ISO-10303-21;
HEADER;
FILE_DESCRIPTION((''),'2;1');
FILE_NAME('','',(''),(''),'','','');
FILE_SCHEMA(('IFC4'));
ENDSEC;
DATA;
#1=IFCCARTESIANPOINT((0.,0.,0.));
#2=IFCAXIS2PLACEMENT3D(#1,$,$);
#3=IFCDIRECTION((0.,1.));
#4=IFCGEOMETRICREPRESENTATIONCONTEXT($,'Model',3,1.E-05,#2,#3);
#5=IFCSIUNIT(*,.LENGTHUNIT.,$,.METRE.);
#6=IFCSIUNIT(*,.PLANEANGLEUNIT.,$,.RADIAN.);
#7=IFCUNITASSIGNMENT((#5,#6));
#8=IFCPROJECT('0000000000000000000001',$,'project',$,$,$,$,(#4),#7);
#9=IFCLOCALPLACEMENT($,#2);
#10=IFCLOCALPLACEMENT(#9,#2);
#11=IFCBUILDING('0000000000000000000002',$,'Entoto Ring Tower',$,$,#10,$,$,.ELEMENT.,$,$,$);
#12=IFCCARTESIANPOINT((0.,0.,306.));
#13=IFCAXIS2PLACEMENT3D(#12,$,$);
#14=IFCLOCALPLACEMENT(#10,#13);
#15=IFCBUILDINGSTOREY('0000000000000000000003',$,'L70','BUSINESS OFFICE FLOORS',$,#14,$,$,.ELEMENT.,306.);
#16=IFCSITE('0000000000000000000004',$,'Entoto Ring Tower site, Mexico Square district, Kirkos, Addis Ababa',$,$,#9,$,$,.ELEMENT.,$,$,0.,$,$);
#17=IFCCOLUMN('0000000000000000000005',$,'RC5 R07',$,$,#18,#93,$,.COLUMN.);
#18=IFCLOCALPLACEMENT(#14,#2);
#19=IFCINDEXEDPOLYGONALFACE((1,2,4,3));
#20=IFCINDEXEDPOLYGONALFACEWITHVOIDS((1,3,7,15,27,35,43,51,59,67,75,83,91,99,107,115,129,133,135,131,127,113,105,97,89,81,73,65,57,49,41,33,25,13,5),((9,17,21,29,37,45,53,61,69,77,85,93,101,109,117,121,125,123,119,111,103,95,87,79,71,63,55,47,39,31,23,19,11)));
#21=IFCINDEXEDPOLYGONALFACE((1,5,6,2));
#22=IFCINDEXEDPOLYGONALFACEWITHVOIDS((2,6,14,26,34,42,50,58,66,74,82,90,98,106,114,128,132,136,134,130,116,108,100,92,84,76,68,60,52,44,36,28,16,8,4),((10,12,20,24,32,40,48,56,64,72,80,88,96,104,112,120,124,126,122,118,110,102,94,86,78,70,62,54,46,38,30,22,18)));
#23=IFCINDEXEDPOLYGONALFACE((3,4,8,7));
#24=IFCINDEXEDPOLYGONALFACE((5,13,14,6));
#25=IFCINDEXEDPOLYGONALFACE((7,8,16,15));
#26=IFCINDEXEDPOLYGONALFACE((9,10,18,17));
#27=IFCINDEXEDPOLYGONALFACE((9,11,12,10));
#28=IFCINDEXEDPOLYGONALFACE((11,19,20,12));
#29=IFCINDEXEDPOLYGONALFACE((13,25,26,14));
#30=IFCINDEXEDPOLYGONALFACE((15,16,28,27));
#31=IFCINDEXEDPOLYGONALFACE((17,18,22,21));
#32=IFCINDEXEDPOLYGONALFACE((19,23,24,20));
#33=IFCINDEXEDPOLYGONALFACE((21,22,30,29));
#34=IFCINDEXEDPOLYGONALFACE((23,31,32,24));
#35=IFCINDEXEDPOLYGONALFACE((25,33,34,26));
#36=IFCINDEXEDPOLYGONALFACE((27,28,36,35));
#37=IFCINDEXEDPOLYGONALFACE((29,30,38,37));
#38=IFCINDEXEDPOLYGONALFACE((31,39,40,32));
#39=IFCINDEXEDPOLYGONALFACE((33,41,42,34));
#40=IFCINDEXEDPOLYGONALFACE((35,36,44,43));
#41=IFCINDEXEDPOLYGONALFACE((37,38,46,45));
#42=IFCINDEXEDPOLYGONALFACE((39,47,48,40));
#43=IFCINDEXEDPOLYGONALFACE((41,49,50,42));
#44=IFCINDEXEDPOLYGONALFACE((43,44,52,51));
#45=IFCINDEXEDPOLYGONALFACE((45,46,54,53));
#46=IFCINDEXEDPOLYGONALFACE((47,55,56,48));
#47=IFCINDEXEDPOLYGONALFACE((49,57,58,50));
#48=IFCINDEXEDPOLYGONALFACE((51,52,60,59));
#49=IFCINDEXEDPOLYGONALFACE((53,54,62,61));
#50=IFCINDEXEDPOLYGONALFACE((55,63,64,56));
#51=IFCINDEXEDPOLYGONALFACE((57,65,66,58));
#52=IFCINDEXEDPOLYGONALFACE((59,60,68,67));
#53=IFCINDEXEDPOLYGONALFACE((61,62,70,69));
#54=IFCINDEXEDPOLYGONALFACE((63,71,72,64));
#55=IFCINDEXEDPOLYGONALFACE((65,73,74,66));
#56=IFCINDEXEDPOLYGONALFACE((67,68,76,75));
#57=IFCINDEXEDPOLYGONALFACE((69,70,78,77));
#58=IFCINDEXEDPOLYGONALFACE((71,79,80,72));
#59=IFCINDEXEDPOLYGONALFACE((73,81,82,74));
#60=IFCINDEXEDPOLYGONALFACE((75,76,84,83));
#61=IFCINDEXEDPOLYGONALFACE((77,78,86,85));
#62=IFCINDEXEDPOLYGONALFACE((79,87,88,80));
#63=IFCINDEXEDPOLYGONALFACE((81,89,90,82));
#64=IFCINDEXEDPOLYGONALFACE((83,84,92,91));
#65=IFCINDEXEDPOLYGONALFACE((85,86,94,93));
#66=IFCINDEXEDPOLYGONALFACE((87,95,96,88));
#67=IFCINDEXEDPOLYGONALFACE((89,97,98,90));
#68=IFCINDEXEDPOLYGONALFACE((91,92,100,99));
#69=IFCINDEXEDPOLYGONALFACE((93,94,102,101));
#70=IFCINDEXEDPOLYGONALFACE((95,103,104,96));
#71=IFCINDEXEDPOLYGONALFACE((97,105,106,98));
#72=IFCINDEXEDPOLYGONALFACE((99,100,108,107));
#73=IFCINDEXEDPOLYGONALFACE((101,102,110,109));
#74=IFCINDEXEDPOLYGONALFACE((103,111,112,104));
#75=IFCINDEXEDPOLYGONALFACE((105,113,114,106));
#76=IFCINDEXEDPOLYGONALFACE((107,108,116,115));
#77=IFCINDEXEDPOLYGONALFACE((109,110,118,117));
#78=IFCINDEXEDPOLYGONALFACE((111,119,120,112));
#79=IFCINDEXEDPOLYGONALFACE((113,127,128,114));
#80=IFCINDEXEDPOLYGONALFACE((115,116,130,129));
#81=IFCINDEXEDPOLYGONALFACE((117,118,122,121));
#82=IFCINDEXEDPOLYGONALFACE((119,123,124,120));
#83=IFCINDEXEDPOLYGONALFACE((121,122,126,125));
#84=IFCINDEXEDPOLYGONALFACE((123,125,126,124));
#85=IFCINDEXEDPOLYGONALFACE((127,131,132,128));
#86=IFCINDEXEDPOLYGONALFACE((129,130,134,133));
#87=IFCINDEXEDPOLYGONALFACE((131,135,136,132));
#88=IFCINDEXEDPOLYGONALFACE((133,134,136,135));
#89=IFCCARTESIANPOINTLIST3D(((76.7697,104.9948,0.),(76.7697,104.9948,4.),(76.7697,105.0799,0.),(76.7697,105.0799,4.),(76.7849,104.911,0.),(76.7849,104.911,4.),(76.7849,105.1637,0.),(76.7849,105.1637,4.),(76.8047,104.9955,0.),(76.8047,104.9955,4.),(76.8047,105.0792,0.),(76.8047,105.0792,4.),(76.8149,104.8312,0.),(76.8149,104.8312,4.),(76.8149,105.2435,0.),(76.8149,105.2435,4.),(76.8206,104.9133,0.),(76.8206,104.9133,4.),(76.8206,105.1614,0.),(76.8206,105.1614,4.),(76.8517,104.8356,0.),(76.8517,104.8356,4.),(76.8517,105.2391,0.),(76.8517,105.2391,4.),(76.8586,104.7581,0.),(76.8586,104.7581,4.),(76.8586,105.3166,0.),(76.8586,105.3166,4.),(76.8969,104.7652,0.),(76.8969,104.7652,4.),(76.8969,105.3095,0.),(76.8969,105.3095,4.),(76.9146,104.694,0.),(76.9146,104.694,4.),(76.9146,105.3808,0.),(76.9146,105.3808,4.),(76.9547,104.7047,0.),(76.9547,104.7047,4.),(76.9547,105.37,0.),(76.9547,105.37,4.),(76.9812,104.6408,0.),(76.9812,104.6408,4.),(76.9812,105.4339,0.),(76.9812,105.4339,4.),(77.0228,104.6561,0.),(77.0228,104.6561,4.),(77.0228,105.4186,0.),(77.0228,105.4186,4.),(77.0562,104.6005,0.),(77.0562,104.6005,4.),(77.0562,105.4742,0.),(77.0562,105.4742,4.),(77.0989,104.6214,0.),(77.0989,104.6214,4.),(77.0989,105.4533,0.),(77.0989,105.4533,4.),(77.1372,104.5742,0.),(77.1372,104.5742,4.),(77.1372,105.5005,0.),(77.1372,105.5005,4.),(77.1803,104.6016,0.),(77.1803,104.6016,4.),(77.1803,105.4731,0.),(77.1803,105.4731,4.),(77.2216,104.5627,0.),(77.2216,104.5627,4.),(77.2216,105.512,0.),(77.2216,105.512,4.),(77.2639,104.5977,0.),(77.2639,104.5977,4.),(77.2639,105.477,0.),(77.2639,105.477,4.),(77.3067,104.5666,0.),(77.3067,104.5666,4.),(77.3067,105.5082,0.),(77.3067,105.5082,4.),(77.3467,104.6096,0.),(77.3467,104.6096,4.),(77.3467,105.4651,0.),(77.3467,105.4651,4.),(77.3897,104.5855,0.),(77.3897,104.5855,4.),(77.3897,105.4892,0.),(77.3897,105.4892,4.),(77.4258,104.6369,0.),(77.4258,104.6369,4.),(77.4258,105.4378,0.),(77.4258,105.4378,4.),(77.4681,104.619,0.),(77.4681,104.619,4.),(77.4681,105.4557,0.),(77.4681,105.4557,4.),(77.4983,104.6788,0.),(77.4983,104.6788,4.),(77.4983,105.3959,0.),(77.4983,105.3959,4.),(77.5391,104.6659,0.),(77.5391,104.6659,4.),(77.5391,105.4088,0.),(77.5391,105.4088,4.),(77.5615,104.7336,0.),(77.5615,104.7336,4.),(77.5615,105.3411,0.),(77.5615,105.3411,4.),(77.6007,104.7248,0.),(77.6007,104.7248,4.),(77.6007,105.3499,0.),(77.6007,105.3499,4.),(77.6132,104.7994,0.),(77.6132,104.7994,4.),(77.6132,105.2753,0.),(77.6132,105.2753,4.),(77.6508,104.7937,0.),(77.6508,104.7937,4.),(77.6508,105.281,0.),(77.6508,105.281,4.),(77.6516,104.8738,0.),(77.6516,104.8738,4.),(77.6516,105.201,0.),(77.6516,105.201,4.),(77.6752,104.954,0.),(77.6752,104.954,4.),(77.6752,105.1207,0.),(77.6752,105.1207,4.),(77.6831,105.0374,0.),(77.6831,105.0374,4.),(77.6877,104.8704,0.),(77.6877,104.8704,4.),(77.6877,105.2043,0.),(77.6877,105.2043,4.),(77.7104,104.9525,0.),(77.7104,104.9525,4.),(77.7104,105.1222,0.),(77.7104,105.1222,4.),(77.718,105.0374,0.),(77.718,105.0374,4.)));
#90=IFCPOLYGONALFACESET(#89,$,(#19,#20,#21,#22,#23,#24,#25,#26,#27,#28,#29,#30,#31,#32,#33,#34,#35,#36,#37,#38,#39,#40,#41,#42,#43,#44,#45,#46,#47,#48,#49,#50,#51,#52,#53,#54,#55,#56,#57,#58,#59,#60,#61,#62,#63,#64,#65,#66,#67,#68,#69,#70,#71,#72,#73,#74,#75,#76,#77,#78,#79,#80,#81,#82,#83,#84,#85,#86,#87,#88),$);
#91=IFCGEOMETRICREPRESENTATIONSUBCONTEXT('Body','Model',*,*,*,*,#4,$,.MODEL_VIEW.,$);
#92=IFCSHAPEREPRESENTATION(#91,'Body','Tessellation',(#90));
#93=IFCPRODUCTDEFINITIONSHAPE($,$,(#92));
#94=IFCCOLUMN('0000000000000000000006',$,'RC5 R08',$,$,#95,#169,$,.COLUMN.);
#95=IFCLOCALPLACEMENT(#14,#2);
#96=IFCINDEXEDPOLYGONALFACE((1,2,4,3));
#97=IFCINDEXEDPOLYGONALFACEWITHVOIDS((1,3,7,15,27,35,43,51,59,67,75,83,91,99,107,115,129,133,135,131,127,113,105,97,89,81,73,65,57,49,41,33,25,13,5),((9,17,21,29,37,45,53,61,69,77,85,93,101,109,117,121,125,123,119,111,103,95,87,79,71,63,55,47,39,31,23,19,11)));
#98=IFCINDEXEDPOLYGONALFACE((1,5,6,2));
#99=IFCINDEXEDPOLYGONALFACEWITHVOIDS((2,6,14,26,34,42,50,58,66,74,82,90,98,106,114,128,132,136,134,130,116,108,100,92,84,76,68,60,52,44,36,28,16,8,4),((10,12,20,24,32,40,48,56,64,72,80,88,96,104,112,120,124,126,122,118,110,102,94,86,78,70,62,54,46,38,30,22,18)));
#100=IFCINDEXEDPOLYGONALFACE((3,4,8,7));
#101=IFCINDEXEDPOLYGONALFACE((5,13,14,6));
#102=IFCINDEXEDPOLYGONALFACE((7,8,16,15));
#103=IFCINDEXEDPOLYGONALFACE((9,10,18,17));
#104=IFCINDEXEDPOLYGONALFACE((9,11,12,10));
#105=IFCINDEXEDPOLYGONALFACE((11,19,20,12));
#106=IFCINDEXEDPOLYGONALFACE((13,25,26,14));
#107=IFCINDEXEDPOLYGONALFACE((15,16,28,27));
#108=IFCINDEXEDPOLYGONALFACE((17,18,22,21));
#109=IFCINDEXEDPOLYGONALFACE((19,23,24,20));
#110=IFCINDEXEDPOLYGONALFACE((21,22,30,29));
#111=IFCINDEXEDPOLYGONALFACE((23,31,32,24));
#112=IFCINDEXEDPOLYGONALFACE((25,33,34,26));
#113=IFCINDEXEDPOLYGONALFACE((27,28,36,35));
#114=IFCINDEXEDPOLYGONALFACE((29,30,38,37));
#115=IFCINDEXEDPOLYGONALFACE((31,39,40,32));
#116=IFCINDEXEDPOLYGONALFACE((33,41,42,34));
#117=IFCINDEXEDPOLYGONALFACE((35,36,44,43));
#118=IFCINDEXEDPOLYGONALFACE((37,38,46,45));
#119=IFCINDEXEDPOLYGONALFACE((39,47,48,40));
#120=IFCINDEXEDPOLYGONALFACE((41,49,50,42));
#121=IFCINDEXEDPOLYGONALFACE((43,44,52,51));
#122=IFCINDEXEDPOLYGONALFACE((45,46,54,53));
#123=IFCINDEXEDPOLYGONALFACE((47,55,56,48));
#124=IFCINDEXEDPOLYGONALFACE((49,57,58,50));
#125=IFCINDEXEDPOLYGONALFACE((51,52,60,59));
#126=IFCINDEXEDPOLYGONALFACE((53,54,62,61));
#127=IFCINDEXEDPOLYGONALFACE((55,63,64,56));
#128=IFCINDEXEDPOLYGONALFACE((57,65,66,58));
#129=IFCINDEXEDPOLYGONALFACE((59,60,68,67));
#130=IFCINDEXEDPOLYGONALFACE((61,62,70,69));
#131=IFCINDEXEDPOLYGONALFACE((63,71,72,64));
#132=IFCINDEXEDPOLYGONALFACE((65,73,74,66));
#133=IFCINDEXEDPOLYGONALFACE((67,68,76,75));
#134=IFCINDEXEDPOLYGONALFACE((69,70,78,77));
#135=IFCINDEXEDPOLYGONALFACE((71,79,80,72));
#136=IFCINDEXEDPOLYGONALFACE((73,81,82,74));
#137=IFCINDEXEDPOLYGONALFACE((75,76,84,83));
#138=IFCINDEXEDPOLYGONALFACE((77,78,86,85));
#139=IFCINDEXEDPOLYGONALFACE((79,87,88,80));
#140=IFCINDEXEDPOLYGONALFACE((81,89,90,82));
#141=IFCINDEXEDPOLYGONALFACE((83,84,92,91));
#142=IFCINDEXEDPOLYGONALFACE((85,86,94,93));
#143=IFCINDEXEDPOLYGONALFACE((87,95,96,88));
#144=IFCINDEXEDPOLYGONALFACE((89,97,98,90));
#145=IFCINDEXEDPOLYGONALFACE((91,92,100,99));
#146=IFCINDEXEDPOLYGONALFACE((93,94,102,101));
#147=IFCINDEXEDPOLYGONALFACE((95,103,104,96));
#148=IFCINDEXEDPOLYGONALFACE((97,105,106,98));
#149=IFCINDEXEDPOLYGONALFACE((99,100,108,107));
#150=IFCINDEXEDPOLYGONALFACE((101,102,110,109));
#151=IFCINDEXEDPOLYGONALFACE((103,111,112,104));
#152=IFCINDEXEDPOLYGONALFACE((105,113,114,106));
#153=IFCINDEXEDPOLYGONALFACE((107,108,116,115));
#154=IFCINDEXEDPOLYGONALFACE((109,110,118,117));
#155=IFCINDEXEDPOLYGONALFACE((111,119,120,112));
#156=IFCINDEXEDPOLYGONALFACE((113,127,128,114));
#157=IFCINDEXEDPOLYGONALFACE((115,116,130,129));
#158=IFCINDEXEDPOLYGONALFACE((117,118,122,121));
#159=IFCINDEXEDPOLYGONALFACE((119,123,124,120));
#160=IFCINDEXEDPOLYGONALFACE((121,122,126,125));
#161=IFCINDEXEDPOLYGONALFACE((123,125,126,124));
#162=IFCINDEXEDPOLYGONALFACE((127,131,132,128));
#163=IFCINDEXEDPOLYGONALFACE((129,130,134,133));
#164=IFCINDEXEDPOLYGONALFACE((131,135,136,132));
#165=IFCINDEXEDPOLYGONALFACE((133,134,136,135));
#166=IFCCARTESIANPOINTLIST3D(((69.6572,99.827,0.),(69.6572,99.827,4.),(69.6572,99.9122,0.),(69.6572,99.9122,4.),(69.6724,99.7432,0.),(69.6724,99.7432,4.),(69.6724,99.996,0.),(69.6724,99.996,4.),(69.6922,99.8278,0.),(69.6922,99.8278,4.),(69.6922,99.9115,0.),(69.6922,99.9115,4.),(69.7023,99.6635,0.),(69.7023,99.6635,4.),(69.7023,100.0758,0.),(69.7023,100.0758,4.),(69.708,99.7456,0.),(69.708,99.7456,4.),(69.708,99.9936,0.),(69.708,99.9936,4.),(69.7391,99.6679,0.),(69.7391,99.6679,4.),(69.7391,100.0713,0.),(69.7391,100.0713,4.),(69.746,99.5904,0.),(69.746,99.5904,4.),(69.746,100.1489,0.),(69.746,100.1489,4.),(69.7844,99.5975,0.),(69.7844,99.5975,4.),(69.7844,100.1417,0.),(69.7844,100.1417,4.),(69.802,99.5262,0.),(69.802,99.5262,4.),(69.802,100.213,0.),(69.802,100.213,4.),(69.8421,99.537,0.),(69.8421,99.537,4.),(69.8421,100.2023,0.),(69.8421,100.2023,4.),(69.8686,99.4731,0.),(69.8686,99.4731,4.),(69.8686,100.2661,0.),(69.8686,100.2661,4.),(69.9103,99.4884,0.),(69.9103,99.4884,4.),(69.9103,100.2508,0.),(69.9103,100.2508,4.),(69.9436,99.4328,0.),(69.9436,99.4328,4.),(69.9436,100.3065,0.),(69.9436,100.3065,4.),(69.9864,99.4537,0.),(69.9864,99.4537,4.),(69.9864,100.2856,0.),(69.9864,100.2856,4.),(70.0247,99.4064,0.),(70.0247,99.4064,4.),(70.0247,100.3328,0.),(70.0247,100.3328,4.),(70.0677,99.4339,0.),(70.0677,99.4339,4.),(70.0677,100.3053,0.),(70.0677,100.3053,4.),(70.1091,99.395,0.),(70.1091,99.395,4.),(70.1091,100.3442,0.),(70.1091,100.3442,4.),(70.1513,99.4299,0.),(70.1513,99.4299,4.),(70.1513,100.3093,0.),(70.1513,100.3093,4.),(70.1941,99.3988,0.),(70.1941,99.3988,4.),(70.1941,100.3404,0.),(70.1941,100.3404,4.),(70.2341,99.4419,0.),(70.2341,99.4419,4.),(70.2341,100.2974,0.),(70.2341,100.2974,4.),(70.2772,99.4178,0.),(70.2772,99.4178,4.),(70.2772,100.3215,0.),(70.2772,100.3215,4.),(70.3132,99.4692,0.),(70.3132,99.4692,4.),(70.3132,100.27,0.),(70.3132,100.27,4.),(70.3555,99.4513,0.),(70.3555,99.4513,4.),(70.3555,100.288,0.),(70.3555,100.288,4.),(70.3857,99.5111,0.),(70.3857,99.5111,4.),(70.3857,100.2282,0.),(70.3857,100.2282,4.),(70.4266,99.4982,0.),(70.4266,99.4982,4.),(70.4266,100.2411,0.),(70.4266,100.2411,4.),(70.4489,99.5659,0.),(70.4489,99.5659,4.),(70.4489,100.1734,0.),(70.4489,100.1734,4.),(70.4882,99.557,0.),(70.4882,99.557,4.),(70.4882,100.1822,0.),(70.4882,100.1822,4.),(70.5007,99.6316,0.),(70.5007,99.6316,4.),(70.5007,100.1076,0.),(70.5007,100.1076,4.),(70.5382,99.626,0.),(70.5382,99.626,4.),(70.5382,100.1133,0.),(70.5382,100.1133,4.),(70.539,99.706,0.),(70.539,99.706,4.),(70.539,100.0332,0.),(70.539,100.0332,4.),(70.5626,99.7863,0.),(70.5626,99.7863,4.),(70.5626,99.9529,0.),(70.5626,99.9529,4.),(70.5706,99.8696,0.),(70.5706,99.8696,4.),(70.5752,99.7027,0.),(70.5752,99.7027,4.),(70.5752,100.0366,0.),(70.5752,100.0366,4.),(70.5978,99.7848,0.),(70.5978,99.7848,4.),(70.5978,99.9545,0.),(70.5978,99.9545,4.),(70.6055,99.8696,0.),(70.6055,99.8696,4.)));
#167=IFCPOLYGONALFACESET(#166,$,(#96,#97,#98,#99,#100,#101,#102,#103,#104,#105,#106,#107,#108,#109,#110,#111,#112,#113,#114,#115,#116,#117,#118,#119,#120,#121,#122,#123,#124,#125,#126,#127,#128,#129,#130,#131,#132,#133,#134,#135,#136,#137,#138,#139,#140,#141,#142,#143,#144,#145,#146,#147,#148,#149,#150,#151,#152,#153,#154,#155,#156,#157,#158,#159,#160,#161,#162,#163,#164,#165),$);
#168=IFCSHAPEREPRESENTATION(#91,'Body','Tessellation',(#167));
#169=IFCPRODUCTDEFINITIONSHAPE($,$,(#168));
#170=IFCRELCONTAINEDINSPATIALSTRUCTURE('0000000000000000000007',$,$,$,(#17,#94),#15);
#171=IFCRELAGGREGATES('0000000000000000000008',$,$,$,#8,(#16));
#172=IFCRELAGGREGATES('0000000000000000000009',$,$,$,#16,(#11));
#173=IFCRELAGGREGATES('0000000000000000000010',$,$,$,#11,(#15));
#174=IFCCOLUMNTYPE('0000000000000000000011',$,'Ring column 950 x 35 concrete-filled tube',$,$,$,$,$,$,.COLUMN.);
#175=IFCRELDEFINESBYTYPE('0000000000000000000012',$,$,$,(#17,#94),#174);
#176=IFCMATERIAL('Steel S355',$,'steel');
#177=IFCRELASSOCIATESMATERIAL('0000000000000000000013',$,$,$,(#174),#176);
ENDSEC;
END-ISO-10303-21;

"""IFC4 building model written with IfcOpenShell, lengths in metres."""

from ifc_helpers import new_model, si_unit, direction, frame, origin, origin_2d, place, context, subcontext, project, spatial, circle, hollow_circle, extrude, material, material_profile, profile_set, type_object, element, save


model = new_model("IFC4")

# Units and contexts
model_context = context("Model", 3, precision=1e-05, world=origin(), true_north=direction((0.0, 1.0)))
body_context = subcontext(model_context, "Body", "Model", "MODEL_VIEW")
ifc_project = project(units=[si_unit("LENGTHUNIT", "METRE"), si_unit("PLANEANGLEUNIT", "RADIAN")], contexts=[model_context])

# Site, building, storey
site_placement = place(None, origin())
site = spatial("IfcSite", under=ifc_project, at=site_placement, Name="Entoto Ring Tower site, Mexico Square district, Kirkos, Addis Ababa", CompositionType="ELEMENT", RefElevation=0.0)
building_placement = place(site_placement, origin())
building = spatial("IfcBuilding", under=site, at=building_placement, Name="Entoto Ring Tower", CompositionType="ELEMENT")
storey_placement = place(building_placement, frame((0.0, 0.0, 306.0)))
storey = spatial("IfcBuildingStorey", under=building, at=storey_placement, Name="L70", Description="BUSINESS OFFICE FLOORS", CompositionType="ELEMENT", Elevation=306.0)

# Columns
ifc_material_1 = material(Name="Steel S355", Category="steel")
ifc_material_profile_1 = material_profile(ifc_material_1, hollow_circle(Radius=0.4751, WallThickness=0.0349, at=origin_2d()), Name="CHS 950 x 35")
ifc_material_2 = material(Name="Concrete C60/75", Category="concrete")
ifc_material_profile_2 = material_profile(ifc_material_2, circle(Radius=0.4399, at=origin_2d()), Name="Concrete C60/75 infill")
ifc_profile_set_1 = profile_set([ifc_material_profile_1, ifc_material_profile_2], Name="Steel S355")
column_type = type_object("IfcColumnType", Name="Ring column 950 x 35 concrete-filled tube", PredefinedType="COLUMN", material=ifc_profile_set_1)
for number, where, z_axis, x_axis, name in (
    (1, (77.2429, 105.0374, 0.0), (0.0, 0.0, 1.0), (1.0, 0.0, 0.0), "RC5 R07"),
    (2, (70.1304, 99.8696, 0.0), (0.0, 0.0, 1.0), (1.0, 0.0, 0.0), "RC5 R08"),
):
    element("IfcColumn", number, at=place(storey_placement, frame(where, z_axis=z_axis, x_axis=x_axis)), inside=storey, type_object=column_type, Name=name, PredefinedType="COLUMN", context=body_context, shape_type="SweptSolid", body=[
        extrude(hollow_circle(Radius=0.4751, WallThickness=0.0349, at=origin_2d()), origin(), (0.0, 0.0, 1.0), 4.0),
    ])

save(model, "model.ifc")
